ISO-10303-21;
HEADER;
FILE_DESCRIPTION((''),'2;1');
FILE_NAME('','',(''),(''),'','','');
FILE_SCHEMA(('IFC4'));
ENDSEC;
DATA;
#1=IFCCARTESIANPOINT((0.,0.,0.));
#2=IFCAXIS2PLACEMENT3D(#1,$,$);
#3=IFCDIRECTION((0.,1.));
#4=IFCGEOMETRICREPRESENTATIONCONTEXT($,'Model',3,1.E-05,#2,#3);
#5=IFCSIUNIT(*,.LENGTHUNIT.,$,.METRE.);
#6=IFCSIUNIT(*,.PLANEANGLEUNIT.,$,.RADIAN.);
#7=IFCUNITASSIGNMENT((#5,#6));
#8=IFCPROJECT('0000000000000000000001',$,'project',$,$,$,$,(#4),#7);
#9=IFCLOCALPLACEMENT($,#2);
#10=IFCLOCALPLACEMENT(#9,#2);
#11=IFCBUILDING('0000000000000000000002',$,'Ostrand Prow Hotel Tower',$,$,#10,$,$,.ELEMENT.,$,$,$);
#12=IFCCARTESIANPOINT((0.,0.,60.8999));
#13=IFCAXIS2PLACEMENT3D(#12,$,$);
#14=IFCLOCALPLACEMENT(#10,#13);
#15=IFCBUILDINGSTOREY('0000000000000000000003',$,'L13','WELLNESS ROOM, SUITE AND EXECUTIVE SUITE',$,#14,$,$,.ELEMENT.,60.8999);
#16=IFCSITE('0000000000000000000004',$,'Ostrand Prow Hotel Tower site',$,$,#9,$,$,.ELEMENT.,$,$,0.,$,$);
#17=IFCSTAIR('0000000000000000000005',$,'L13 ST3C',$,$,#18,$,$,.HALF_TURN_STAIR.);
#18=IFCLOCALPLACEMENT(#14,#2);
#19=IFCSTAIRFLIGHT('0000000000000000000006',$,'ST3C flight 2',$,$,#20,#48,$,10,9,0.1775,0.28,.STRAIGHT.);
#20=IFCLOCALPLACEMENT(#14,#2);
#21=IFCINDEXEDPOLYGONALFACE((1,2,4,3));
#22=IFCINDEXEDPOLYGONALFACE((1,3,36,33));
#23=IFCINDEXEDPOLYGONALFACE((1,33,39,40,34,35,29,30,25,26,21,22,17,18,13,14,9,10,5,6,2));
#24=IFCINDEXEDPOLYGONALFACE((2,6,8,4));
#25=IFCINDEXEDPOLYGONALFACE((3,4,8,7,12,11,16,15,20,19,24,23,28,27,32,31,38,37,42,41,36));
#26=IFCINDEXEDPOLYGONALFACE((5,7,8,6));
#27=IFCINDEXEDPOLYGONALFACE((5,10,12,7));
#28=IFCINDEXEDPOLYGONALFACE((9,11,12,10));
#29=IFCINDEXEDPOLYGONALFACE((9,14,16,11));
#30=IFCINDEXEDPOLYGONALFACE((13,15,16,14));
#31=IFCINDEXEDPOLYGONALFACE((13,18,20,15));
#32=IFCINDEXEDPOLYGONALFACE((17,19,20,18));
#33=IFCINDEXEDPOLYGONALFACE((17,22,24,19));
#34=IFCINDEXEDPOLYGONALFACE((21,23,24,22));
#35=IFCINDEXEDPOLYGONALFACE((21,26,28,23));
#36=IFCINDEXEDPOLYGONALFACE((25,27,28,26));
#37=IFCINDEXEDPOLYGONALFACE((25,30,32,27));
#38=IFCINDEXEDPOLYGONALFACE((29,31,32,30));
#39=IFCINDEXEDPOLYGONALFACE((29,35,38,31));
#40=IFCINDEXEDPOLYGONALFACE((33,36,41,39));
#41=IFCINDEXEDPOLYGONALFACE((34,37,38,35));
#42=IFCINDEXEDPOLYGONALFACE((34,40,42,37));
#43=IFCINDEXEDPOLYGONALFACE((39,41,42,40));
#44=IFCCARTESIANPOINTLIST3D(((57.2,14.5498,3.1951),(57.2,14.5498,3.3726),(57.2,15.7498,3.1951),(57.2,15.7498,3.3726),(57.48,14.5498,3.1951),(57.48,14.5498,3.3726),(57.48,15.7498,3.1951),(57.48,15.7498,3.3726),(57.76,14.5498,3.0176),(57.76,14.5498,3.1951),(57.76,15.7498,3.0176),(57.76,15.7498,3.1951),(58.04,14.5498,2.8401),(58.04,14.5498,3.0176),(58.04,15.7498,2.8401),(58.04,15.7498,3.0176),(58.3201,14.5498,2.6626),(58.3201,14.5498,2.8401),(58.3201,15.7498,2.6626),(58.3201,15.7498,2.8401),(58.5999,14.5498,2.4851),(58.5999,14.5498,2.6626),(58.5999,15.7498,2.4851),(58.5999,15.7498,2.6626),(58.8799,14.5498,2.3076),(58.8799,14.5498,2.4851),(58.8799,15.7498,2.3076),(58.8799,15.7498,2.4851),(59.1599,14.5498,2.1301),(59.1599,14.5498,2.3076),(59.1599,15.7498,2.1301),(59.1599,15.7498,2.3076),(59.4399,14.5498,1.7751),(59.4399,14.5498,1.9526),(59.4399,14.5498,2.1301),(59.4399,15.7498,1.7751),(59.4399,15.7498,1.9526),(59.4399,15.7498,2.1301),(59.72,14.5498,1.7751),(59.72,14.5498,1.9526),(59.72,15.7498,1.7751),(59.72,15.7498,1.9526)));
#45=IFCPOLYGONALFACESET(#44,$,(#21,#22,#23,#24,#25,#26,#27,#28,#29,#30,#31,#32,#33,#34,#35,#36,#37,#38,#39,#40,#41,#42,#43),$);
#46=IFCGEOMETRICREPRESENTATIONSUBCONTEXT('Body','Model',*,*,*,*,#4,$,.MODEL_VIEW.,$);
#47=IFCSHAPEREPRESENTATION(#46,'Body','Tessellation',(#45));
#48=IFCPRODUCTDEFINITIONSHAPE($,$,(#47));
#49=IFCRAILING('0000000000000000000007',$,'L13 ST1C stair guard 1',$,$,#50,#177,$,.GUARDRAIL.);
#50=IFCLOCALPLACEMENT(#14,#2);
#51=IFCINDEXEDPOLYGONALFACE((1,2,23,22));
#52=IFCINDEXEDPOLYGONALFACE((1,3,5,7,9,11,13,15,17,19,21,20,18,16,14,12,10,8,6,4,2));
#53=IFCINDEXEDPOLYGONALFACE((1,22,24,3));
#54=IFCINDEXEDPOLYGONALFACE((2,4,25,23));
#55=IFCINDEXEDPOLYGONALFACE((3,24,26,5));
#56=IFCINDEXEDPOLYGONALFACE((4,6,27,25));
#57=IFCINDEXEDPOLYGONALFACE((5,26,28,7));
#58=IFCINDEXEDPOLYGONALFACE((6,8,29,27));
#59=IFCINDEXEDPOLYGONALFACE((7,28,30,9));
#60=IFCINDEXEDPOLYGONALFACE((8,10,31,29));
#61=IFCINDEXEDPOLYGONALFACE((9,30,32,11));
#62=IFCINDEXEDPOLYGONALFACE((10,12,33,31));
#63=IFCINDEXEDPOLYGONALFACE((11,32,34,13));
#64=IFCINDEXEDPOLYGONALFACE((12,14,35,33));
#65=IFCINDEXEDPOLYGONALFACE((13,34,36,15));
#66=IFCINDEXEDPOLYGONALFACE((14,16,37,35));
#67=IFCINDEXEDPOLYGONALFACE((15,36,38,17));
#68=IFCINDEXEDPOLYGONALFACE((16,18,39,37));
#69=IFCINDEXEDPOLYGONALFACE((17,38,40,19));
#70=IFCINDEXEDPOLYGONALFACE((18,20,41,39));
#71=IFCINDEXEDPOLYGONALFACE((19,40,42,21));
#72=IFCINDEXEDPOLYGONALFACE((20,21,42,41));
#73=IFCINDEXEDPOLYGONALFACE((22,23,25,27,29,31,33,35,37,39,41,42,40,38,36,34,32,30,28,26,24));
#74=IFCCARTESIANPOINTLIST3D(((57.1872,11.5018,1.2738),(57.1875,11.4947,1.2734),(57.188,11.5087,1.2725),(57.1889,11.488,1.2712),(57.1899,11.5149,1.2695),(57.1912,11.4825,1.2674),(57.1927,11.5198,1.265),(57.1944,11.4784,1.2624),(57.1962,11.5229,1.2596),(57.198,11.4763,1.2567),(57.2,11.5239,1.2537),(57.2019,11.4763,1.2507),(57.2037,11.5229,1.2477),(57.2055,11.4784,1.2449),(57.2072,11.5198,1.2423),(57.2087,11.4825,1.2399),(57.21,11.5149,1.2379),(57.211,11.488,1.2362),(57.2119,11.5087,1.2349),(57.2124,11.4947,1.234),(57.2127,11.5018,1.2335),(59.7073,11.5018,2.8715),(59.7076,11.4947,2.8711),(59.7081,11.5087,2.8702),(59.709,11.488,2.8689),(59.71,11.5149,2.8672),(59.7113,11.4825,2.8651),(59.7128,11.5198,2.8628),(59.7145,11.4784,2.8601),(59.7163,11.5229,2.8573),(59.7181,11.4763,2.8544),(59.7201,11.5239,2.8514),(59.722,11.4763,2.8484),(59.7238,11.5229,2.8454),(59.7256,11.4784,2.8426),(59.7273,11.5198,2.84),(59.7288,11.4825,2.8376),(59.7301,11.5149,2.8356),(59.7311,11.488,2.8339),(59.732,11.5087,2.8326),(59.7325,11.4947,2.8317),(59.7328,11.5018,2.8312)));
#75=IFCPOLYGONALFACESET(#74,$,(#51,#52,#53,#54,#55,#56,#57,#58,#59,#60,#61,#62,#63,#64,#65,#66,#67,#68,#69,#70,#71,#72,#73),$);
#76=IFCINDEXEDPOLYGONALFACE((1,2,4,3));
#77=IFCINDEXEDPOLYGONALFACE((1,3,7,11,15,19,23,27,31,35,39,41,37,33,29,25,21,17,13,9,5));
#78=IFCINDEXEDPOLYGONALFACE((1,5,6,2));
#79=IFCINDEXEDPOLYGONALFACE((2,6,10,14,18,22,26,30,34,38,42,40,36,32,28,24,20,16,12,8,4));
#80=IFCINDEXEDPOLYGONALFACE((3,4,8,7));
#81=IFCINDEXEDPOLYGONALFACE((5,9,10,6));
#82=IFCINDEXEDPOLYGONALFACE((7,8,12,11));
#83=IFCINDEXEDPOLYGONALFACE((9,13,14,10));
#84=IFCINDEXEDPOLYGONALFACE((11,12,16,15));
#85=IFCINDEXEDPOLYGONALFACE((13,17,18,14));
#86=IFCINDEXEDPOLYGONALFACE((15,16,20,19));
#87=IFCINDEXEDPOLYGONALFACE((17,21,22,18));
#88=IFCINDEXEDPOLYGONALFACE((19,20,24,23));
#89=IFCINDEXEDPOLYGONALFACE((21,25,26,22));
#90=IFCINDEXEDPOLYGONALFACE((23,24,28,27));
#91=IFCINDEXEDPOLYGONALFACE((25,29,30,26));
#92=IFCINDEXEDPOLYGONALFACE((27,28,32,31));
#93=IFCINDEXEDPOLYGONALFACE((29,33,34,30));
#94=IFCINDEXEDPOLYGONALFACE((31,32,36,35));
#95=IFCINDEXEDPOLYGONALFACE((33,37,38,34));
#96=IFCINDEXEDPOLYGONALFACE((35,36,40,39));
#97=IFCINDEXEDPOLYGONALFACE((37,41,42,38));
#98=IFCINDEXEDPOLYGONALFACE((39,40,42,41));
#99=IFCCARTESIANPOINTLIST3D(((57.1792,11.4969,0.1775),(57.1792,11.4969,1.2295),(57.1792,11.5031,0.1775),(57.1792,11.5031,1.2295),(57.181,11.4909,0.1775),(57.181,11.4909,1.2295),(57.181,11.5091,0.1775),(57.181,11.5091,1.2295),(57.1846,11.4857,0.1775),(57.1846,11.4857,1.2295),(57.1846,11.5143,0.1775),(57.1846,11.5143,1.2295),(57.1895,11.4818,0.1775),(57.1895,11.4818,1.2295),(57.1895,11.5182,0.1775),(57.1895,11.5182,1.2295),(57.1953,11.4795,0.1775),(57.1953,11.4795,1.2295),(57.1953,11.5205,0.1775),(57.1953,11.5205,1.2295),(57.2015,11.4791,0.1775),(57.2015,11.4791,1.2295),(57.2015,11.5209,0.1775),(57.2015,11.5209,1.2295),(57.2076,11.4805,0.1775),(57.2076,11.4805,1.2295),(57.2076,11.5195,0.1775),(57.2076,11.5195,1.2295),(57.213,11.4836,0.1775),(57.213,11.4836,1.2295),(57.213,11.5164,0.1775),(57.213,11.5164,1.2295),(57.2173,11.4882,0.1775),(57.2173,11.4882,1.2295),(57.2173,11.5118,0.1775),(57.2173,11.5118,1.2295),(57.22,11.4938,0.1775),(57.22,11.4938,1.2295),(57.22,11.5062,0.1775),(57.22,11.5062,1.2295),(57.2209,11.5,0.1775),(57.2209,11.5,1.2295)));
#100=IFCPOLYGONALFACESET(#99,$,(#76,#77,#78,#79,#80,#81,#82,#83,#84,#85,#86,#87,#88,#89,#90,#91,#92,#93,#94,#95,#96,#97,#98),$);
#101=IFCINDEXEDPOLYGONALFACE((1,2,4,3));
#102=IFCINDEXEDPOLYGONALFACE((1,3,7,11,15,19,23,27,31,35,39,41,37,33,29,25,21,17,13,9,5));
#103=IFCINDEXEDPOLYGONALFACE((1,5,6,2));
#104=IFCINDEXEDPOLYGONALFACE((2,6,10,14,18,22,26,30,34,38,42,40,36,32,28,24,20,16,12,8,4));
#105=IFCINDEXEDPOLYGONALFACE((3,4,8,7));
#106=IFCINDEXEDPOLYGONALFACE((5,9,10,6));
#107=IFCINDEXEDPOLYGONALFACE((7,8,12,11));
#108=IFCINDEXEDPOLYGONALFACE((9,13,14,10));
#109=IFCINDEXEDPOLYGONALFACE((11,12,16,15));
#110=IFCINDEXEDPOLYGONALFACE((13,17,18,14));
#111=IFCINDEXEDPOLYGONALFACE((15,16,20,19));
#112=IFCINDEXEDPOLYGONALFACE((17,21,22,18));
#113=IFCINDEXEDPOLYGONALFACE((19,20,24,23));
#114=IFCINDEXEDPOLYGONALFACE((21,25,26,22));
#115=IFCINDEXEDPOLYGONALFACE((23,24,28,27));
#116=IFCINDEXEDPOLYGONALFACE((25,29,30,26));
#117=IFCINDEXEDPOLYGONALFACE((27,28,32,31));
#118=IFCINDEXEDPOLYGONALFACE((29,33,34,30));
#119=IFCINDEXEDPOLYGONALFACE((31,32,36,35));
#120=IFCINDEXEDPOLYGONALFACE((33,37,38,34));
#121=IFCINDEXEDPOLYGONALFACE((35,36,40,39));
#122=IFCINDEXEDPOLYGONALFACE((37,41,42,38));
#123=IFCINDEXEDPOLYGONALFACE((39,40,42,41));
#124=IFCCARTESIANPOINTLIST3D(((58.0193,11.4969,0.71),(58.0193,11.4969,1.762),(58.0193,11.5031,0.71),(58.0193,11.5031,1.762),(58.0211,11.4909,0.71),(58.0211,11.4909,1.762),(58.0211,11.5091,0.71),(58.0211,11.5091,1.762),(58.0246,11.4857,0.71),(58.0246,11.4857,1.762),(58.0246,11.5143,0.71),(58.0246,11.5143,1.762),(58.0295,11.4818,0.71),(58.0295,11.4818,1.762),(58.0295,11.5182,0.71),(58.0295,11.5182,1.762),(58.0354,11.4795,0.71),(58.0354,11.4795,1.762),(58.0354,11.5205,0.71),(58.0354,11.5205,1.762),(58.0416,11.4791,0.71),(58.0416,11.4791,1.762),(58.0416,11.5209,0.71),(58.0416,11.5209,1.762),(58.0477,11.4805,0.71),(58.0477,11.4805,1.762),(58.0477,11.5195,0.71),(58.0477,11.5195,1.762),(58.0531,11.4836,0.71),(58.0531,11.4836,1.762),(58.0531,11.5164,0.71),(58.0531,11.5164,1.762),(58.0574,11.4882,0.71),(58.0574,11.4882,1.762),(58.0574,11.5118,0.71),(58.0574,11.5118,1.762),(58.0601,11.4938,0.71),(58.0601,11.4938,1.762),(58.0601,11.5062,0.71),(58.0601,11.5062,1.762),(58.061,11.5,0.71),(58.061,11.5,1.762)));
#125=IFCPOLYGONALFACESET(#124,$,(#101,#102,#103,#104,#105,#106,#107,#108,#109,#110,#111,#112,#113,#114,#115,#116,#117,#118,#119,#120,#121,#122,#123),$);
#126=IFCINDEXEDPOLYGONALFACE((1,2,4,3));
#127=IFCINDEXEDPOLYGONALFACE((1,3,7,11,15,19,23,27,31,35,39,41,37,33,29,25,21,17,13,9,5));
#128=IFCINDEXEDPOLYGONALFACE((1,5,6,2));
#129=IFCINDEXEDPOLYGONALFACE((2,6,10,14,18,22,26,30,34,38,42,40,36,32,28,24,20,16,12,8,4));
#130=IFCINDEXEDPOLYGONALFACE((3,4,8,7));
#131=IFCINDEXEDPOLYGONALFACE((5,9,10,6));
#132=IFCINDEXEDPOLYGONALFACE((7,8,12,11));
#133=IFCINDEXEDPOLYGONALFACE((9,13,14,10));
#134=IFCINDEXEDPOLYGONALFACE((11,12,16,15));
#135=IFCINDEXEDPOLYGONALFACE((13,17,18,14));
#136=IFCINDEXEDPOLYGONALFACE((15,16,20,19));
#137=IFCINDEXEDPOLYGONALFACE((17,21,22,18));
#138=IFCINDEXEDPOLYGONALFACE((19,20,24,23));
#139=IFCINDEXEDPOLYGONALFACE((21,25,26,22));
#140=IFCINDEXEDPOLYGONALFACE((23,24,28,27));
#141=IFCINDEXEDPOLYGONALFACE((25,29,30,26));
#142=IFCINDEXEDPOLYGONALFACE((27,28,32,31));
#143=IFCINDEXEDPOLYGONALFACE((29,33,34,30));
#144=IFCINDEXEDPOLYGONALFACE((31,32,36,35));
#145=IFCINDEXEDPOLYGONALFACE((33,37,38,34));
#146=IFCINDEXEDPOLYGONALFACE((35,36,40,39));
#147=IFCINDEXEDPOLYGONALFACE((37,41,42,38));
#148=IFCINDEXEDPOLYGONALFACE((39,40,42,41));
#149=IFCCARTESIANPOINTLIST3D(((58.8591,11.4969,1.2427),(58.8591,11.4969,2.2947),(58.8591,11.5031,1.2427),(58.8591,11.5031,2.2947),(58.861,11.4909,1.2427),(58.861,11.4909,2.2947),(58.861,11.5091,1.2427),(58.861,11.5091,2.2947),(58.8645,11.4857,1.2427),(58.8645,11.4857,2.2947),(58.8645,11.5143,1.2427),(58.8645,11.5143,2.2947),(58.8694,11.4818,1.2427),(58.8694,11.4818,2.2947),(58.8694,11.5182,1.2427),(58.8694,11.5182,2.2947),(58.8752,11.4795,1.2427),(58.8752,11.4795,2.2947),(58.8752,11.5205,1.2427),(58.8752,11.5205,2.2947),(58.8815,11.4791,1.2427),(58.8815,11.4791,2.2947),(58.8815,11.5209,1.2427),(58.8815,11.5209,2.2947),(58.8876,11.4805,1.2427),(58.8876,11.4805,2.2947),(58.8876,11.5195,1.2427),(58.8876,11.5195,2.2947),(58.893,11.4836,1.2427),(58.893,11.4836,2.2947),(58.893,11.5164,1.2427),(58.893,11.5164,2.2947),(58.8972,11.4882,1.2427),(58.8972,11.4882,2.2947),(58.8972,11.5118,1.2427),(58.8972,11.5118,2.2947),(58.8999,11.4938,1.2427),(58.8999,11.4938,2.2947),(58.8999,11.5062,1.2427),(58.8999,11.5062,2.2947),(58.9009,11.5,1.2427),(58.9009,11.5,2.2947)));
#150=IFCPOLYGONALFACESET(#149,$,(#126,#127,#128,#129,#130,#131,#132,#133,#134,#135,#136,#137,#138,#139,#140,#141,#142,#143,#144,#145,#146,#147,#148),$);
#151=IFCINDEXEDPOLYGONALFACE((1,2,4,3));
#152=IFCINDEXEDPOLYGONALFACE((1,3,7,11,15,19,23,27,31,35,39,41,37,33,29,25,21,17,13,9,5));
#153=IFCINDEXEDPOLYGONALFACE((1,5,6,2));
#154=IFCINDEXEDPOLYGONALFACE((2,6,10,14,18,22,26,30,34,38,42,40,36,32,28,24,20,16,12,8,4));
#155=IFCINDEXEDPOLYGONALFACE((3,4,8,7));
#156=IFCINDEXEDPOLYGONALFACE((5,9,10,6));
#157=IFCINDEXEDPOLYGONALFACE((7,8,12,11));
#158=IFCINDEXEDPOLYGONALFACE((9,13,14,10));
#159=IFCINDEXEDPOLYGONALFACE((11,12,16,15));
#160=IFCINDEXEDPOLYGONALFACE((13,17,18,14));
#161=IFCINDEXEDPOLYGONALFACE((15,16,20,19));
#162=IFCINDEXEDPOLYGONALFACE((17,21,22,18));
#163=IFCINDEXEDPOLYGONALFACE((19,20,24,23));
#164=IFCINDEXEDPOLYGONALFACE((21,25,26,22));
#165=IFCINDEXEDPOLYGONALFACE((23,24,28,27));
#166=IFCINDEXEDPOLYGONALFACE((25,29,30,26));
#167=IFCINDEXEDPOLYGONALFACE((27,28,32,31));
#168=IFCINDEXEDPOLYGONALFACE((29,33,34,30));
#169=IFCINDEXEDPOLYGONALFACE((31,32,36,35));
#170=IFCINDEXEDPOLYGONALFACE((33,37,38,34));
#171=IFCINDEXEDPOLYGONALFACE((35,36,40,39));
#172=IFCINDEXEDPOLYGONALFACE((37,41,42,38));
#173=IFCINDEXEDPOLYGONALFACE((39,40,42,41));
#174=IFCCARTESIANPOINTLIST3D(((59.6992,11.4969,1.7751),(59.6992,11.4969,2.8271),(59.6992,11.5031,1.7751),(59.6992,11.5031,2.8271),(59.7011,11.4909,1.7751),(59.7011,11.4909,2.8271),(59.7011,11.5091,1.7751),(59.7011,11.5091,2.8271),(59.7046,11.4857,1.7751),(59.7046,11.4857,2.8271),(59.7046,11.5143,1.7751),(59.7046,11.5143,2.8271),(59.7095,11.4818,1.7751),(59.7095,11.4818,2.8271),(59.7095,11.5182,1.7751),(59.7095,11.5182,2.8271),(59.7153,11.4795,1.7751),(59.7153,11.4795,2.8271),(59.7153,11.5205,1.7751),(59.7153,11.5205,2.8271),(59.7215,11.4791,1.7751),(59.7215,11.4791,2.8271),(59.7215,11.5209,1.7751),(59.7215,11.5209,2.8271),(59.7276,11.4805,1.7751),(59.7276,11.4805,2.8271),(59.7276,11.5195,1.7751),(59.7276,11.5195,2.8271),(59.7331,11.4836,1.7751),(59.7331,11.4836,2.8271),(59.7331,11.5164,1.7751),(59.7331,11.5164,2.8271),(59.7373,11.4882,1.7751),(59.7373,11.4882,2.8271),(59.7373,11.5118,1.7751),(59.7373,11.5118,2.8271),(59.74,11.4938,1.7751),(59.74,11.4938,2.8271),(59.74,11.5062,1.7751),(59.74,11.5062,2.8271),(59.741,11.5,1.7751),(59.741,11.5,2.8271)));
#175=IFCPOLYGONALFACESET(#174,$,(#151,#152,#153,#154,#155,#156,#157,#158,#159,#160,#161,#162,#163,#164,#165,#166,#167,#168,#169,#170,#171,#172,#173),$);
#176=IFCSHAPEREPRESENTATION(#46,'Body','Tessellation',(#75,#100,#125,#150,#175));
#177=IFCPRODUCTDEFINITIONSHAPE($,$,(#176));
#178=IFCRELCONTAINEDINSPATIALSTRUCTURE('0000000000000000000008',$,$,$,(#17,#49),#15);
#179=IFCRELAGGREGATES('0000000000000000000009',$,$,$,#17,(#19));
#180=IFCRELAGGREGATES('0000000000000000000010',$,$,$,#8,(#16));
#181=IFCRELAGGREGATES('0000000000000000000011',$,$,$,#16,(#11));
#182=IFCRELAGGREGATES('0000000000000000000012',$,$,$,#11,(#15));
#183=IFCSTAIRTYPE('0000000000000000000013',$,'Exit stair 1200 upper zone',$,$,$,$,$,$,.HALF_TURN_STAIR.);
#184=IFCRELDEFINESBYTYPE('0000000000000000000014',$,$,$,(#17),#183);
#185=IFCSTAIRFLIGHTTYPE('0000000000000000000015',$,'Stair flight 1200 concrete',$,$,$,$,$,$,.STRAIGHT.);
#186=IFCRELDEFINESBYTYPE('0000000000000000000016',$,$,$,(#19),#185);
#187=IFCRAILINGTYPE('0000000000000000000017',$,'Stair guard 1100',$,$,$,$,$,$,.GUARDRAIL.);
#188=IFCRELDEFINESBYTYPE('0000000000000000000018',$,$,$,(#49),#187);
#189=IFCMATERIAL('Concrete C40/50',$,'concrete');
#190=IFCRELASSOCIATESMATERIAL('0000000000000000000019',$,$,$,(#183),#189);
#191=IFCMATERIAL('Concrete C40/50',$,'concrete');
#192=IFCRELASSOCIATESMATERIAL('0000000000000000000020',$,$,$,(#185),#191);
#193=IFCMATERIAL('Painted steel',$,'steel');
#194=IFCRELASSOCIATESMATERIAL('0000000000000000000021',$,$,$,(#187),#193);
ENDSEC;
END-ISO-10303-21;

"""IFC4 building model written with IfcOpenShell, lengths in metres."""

from ifc_helpers import new_model, si_unit, direction, frame, origin, origin_2d, place, context, subcontext, project, spatial, polyline, circle, outline, extrude, material, type_object, element, aggregate, save


model = new_model("IFC4")

# Units and contexts
model_context = context("Model", 3, precision=1e-05, world=origin(), true_north=direction((0.0, 1.0)))
body_context = subcontext(model_context, "Body", "Model", "MODEL_VIEW")
ifc_project = project(units=[si_unit("LENGTHUNIT", "METRE"), si_unit("PLANEANGLEUNIT", "RADIAN")], contexts=[model_context])

# Site, building, storey
site_placement = place(None, origin())
site = spatial("IfcSite", under=ifc_project, at=site_placement, Name="Ostrand Prow Hotel Tower site", CompositionType="ELEMENT", RefElevation=0.0)
building_placement = place(site_placement, origin())
building = spatial("IfcBuilding", under=site, at=building_placement, Name="Ostrand Prow Hotel Tower", CompositionType="ELEMENT")
storey_placement = place(building_placement, frame((0.0, 0.0, 60.8999)))
storey = spatial("IfcBuildingStorey", under=building, at=storey_placement, Name="L13", Description="WELLNESS ROOM, SUITE AND EXECUTIVE SUITE", CompositionType="ELEMENT", Elevation=60.8999)

# Shared definitions
ifc_material_1 = material(Name="Concrete C40/50", Category="concrete")
stair_type = type_object("IfcStairType", Name="Exit stair 1200 upper zone", PredefinedType="HALF_TURN_STAIR", material=ifc_material_1)
ifc_material_2 = material(Name="Concrete C40/50", Category="concrete")
stair_flight_type = type_object("IfcStairFlightType", Name="Stair flight 1200 concrete", PredefinedType="STRAIGHT", material=ifc_material_2)

# Stair, stair flight
stair_1_placement = place(storey_placement, origin())
stair_1 = element("IfcStair", 1, at=stair_1_placement, inside=storey, type_object=stair_type, Name="L13 ST3C", PredefinedType="HALF_TURN_STAIR")
stair_flight_1_placement = place(storey_placement, frame((59.72, 15.1499, 1.7751), z_axis=(0.0, 0.0, 1.0), x_axis=(-1.0, 0.0, 0.0)))
stair_flight_1 = element("IfcStairFlight", 2, at=stair_flight_1_placement, type_object=stair_flight_type, Name="ST3C flight 2", NumberOfRisers=10, NumberOfTreads=9, PredefinedType="STRAIGHT", RiserHeight=0.1775, TreadLength=0.28, context=body_context, shape_type="SweptSolid", body=[
    extrude(outline(polyline([(0.0, 0.0), (0.0, 0.1775), (0.28, 0.1775), (0.28, 0.355), (0.5601, 0.355), (0.5601, 0.5325), (0.8401, 0.5325), (0.8401, 0.71), (1.1201, 0.71), (1.1201, 0.8875), (1.3999, 0.8875), (1.3999, 1.0649), (1.6799, 1.0649), (1.6799, 1.2424), (1.96, 1.2424), (1.96, 1.4199), (2.24, 1.4199), (2.24, 1.5974), (2.52, 1.5974), (2.52, 1.7749), (2.52, 1.4199), (0.28, 0.0), (0.0, 0.0)])), frame((0.0, 0.6001, 0.0), z_axis=(0.0, -1.0, 0.0), x_axis=(1.0, 0.0, 0.0)), (0.0, 0.0, 1.0), 1.2),
])
aggregate(stair_1, [stair_flight_1])

# Railing
ifc_material_3 = material(Name="Painted steel", Category="steel")
railing_type_1 = type_object("IfcRailingType", Name="Stair guard 1100", PredefinedType="GUARDRAIL", material=ifc_material_3)
railing_1_placement = place(storey_placement, frame((57.2, 11.5, 0.1775)))
element("IfcRailing", 3, at=railing_1_placement, inside=storey, type_object=railing_type_1, Name="L13 ST1C stair guard 1", PredefinedType="GUARDRAIL", context=body_context, shape_type="SweptSolid", body=[
    extrude(circle(Radius=0.0239, at=origin_2d()), frame((0.0, 0.0, 1.0762), z_axis=(0.84457, 0.0, 0.535445), x_axis=(0.0, 1.0, 0.0)), (0.0, 0.0, 1.0), 2.9839),
    extrude(circle(Radius=0.021, at=origin_2d()), origin(), (0.0, 0.0, 1.0), 1.052),
    extrude(circle(Radius=0.021, at=origin_2d()), frame((0.8401, 0.0, 0.5325)), (0.0, 0.0, 1.0), 1.052),
    extrude(circle(Radius=0.021, at=origin_2d()), frame((1.6799, 0.0, 1.0652)), (0.0, 0.0, 1.0), 1.052),
    extrude(circle(Radius=0.021, at=origin_2d()), frame((2.52, 0.0, 1.5977)), (0.0, 0.0, 1.0), 1.052),
])

save(model, "model.ifc")
